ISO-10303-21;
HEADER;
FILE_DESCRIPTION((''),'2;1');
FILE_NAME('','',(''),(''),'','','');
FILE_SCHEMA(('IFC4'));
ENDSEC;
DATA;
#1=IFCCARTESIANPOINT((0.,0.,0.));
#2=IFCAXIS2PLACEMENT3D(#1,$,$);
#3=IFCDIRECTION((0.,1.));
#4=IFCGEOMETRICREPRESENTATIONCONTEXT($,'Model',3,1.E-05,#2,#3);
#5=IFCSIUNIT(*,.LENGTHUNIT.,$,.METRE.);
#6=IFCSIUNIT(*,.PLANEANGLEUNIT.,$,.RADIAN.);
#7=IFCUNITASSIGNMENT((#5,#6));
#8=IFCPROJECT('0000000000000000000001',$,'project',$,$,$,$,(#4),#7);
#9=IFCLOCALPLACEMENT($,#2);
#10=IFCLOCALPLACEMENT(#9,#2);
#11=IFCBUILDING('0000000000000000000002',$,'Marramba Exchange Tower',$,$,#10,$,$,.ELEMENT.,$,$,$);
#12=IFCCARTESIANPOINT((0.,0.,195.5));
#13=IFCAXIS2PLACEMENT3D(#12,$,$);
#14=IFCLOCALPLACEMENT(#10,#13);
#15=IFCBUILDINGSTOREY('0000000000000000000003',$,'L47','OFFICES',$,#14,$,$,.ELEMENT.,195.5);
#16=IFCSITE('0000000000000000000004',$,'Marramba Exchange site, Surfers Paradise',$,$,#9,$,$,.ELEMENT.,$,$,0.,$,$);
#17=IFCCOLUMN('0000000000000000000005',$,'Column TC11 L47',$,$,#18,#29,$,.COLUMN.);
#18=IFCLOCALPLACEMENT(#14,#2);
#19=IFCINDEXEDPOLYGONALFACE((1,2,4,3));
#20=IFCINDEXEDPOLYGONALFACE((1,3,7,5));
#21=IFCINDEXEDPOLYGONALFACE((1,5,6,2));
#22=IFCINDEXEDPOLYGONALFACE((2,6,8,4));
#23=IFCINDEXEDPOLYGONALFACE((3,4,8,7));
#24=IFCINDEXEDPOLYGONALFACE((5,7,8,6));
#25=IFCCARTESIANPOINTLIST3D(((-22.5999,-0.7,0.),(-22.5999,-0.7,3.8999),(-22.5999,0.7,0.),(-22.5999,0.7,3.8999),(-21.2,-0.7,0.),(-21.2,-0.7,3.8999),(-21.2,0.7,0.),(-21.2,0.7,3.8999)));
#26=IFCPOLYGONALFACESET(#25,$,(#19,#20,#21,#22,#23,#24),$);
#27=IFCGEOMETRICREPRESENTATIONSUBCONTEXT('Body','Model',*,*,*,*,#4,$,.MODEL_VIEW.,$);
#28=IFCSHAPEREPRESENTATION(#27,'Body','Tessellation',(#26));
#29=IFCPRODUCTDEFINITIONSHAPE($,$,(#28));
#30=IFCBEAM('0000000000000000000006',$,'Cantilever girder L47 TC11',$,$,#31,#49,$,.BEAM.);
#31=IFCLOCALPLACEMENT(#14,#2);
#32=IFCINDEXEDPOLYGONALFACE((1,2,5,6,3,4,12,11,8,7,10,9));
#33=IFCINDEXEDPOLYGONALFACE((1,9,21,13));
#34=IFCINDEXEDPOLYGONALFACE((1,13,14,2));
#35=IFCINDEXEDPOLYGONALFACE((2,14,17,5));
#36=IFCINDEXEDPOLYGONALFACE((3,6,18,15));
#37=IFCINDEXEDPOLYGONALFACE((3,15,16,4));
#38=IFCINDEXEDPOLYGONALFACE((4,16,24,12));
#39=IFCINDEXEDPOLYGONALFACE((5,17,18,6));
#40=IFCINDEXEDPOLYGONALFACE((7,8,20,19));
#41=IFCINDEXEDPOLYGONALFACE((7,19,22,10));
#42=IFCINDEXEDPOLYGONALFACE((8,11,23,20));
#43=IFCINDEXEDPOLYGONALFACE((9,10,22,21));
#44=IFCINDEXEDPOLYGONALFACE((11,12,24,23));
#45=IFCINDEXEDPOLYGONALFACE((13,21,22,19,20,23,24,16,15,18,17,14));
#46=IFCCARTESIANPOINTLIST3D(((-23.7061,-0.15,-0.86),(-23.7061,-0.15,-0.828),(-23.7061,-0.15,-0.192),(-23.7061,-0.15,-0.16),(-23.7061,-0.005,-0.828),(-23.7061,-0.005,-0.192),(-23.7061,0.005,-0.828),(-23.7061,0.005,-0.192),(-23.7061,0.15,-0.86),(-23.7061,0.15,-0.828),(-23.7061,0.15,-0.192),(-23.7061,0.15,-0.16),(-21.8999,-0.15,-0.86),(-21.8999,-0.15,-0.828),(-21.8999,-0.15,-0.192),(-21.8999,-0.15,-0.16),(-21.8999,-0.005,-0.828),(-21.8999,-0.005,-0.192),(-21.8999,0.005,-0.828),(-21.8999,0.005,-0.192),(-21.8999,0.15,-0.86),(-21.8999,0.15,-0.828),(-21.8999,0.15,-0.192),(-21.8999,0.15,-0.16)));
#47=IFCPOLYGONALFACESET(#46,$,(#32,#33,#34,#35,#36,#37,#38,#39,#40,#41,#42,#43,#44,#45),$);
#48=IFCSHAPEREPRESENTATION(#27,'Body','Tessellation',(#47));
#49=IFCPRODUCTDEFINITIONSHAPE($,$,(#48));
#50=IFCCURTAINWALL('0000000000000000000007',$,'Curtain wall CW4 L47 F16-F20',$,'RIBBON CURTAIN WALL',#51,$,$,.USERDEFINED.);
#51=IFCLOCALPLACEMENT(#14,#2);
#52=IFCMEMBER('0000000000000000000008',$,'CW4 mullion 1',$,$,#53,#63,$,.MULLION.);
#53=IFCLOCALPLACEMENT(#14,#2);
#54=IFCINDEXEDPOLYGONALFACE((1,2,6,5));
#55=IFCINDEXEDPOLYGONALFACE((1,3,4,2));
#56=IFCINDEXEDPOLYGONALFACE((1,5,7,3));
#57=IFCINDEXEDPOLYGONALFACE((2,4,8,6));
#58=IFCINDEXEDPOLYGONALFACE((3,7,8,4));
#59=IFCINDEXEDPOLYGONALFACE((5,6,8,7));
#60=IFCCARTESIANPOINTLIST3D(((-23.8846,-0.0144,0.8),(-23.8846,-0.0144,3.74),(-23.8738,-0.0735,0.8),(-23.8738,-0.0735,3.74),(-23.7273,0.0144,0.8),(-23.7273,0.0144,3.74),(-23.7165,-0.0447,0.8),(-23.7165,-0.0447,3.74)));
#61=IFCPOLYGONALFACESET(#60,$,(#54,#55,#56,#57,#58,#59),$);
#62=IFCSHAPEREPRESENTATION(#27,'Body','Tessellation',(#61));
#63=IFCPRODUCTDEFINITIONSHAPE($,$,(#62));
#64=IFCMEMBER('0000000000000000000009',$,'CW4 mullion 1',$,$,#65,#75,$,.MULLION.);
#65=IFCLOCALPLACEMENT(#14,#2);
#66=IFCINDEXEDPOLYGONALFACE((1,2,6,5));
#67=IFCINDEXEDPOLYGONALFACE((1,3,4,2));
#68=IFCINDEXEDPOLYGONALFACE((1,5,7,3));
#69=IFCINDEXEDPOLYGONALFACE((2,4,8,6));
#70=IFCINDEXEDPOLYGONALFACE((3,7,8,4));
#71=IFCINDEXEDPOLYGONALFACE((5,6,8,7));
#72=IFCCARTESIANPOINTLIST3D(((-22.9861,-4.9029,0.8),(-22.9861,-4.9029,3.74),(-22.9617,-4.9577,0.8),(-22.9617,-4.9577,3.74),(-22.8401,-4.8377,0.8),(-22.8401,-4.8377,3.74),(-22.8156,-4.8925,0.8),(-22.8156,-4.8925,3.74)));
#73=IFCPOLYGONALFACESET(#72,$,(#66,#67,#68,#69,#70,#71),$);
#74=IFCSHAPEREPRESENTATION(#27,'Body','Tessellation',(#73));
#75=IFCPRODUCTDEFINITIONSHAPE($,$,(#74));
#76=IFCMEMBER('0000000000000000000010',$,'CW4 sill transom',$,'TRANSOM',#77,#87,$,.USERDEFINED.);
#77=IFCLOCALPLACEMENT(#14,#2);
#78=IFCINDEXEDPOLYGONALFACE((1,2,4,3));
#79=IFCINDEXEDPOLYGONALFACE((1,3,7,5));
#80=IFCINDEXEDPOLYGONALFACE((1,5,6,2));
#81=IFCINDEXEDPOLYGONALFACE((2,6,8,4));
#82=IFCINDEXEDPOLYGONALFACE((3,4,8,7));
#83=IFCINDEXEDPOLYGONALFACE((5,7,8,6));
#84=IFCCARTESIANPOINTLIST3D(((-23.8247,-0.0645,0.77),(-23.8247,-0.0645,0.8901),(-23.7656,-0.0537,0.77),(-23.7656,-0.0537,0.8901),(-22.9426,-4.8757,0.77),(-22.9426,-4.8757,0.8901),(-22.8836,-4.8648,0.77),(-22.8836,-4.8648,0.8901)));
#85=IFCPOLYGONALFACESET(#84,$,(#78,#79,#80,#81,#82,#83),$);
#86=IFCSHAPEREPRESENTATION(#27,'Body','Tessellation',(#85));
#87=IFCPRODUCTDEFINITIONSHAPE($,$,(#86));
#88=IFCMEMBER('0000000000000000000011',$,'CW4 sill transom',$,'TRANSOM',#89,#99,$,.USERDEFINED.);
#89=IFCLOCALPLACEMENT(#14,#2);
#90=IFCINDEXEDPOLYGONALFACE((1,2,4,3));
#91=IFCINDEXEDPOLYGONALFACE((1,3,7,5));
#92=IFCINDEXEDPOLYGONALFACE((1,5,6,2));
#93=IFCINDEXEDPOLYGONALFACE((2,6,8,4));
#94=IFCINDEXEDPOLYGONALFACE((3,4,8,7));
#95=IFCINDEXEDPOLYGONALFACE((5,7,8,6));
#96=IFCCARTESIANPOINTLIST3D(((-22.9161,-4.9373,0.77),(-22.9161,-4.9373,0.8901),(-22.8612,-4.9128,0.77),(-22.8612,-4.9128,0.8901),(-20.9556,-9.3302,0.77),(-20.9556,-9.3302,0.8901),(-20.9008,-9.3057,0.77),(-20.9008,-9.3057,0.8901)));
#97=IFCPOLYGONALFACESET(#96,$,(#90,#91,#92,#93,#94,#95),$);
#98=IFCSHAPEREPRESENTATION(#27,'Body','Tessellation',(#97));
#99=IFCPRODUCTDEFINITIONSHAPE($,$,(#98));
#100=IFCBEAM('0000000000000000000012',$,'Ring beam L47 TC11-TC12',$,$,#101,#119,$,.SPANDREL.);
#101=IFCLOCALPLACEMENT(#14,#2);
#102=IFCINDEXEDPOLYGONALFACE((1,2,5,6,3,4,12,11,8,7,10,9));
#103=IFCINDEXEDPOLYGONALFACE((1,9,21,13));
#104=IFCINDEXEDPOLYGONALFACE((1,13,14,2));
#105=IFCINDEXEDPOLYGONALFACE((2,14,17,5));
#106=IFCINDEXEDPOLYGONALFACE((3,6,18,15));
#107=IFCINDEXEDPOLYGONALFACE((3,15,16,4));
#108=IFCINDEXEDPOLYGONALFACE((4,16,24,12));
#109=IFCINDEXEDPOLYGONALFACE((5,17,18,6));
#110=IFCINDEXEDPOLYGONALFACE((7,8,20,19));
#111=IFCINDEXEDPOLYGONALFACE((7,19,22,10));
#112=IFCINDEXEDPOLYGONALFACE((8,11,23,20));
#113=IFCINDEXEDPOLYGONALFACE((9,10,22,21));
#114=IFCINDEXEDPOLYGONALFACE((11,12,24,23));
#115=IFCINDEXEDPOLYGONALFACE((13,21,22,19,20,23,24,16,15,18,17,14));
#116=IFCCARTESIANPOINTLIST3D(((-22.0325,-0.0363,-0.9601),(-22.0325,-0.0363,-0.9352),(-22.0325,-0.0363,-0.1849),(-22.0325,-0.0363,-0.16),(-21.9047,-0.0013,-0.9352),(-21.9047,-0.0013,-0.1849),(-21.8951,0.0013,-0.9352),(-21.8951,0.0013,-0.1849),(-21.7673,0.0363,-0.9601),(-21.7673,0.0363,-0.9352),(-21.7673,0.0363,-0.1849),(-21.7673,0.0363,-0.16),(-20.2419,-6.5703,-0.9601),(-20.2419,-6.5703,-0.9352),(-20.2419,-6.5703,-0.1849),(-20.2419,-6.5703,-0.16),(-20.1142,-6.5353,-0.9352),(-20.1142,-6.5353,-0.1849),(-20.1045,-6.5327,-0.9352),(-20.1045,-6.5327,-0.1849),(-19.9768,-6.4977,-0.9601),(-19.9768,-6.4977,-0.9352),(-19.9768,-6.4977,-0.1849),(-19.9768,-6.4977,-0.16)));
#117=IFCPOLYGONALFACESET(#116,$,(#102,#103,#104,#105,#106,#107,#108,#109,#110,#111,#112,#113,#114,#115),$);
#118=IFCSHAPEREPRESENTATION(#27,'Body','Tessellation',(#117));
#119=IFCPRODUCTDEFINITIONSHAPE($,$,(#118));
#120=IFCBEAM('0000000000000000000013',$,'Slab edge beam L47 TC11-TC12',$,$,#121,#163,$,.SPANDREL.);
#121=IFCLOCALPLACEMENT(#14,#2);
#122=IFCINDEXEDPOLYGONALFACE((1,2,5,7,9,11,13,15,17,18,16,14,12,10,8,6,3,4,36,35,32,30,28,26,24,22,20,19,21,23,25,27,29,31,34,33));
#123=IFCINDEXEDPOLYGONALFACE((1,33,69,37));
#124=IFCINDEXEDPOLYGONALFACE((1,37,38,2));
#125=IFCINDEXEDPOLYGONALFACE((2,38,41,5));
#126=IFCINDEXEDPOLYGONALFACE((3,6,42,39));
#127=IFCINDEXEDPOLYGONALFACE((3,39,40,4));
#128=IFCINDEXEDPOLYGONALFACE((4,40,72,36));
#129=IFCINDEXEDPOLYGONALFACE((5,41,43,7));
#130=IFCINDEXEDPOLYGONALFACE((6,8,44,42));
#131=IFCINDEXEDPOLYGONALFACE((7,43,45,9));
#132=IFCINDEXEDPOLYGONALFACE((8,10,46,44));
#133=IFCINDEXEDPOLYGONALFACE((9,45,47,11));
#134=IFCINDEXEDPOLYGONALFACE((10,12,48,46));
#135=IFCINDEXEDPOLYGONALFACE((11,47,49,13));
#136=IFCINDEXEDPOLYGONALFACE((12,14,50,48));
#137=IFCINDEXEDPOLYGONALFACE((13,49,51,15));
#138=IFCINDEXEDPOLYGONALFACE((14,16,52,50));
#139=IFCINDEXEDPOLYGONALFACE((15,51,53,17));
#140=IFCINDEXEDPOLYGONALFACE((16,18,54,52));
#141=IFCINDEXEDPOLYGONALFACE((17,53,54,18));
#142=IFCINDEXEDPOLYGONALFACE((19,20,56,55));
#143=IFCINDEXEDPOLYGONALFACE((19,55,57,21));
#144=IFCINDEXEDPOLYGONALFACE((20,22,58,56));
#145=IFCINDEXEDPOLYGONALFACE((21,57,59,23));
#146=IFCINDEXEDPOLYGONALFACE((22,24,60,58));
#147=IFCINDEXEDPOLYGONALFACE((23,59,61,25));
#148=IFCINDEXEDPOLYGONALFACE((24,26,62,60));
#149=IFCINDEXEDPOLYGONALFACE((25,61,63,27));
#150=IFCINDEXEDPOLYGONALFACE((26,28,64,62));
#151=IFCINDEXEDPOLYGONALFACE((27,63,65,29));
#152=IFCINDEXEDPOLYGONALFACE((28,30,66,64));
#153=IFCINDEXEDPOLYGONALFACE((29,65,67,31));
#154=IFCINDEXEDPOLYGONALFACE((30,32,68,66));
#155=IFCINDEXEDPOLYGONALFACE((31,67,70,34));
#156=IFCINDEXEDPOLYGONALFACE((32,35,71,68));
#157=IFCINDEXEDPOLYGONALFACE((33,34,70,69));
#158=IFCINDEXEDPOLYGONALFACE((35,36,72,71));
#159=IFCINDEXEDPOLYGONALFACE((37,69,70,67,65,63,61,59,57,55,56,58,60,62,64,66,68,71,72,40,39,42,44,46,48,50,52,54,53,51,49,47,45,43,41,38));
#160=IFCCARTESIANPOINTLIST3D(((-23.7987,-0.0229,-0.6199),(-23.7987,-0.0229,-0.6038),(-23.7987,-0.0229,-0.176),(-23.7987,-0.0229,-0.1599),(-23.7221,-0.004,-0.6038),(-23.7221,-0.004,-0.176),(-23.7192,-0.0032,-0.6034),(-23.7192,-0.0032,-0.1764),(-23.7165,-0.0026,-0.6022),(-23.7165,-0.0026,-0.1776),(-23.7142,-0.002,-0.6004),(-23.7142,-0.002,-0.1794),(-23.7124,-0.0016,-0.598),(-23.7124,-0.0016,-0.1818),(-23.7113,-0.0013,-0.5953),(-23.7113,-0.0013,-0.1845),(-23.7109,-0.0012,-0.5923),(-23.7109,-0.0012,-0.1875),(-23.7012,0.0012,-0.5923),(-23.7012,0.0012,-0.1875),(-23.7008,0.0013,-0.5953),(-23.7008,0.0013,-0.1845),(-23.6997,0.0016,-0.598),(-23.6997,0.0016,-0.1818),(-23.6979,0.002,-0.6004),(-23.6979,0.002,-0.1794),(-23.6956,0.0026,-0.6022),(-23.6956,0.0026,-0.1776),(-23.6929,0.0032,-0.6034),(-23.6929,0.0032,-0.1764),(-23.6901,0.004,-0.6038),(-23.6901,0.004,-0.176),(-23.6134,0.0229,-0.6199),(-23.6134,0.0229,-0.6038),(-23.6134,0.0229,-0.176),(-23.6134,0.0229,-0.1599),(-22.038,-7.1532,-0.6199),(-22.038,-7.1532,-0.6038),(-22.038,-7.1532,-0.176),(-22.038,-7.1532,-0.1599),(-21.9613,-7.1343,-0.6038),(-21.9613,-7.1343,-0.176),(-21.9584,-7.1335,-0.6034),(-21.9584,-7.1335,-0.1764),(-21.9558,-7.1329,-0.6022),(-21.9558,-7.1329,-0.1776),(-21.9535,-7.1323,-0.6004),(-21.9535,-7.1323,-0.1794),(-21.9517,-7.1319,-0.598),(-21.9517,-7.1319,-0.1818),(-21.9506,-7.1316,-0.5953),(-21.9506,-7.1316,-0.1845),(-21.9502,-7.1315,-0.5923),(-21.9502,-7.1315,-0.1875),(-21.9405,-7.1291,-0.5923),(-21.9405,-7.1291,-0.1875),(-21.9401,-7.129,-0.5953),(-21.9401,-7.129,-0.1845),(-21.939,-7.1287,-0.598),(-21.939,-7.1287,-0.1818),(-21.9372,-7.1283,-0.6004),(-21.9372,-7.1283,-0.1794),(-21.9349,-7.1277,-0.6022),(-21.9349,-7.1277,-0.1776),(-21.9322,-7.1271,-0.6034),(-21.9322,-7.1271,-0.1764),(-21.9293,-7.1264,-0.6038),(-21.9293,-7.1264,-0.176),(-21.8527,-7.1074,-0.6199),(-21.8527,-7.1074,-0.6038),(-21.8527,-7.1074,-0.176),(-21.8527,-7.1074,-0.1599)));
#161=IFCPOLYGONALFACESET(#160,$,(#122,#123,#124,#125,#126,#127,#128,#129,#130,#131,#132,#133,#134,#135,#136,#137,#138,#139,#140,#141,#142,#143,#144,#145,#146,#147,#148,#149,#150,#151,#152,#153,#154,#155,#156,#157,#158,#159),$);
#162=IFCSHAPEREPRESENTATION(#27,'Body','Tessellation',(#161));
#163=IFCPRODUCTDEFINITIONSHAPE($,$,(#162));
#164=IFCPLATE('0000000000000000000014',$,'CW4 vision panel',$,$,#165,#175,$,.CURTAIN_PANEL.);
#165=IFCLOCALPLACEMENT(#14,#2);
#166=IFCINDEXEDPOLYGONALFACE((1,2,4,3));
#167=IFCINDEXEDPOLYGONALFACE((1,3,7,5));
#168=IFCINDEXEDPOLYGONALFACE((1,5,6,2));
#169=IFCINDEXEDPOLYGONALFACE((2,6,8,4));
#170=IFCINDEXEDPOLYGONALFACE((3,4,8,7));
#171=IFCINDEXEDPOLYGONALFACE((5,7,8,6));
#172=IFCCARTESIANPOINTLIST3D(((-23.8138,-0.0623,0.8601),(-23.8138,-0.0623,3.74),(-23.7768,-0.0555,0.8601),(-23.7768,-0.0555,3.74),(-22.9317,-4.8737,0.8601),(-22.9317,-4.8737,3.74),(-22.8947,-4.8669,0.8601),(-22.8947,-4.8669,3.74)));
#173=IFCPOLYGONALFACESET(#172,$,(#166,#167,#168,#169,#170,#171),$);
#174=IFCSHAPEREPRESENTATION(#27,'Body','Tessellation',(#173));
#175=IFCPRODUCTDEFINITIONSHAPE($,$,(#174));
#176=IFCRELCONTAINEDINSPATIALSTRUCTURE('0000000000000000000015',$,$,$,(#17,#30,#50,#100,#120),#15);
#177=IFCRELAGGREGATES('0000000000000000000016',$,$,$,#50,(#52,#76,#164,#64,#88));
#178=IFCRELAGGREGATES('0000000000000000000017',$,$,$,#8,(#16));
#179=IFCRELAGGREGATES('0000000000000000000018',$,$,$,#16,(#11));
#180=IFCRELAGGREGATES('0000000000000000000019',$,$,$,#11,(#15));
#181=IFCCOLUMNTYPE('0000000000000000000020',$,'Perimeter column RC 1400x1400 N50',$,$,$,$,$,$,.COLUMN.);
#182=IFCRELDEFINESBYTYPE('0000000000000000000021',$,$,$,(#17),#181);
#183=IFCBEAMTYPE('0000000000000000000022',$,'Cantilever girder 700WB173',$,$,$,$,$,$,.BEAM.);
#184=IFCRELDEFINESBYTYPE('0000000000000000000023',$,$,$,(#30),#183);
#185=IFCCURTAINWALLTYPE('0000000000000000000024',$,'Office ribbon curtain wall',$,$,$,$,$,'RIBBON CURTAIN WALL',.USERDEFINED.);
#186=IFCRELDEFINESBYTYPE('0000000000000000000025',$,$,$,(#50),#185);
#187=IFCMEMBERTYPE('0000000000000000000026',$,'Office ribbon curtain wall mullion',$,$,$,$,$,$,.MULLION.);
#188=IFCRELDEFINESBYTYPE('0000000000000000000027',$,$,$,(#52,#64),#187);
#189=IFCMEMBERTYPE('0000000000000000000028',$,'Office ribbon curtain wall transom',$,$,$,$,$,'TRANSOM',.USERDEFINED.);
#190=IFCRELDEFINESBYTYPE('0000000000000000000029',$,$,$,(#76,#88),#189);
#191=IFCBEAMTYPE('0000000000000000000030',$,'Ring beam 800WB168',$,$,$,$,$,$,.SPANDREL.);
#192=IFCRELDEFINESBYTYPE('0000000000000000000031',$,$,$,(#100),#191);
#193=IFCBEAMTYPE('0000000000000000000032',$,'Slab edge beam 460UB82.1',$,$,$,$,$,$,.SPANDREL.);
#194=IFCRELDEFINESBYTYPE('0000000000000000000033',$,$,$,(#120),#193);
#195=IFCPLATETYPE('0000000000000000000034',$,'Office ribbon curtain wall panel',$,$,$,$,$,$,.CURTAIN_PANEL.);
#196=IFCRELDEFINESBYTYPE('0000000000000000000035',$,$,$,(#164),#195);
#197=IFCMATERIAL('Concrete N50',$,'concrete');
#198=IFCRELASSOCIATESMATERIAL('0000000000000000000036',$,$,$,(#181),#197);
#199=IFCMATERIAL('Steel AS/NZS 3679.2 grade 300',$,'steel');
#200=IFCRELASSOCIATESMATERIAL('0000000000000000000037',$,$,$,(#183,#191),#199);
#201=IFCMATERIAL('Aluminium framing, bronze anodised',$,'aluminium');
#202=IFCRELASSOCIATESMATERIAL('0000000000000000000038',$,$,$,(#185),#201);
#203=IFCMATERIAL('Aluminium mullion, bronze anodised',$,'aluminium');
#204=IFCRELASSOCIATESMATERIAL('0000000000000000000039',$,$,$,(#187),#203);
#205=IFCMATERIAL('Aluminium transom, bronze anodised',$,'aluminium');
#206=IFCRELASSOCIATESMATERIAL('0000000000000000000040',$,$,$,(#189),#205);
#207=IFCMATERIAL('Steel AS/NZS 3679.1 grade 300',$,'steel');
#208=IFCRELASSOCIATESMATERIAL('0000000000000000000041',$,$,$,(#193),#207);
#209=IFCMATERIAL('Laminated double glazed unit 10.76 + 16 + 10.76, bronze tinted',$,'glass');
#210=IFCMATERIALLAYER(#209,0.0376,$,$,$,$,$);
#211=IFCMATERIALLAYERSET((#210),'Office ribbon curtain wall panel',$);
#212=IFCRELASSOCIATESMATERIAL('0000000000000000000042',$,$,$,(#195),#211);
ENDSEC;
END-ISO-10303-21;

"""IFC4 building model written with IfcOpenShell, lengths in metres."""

from ifc_helpers import new_model, si_unit, direction, frame, origin, origin_2d, place, context, subcontext, project, spatial, rectangle, i_section, extrude, material, layer, layer_set, material_profile, profile_set, type_object, element, aggregate, save


model = new_model("IFC4")

# Units and contexts
model_context = context("Model", 3, precision=1e-05, world=origin(), true_north=direction((0.0, 1.0)))
body_context = subcontext(model_context, "Body", "Model", "MODEL_VIEW")
ifc_project = project(units=[si_unit("LENGTHUNIT", "METRE"), si_unit("PLANEANGLEUNIT", "RADIAN")], contexts=[model_context])

# Site, building, storey
site_placement = place(None, origin())
site = spatial("IfcSite", under=ifc_project, at=site_placement, Name="Marramba Exchange site, Surfers Paradise", CompositionType="ELEMENT", RefElevation=0.0)
building_placement = place(site_placement, origin())
building = spatial("IfcBuilding", under=site, at=building_placement, Name="Marramba Exchange Tower", CompositionType="ELEMENT")
storey_placement = place(building_placement, frame((0.0, 0.0, 195.5)))
storey = spatial("IfcBuildingStorey", under=building, at=storey_placement, Name="L47", Description="OFFICES", CompositionType="ELEMENT", Elevation=195.5)

# Column
ifc_material_1 = material(Name="Concrete N50", Category="concrete")
ifc_material_profile_1 = material_profile(ifc_material_1, rectangle(XDim=1.3999, YDim=1.3999, at=origin_2d()), Name="RC 1400x1400")
ifc_profile_set_1 = profile_set([ifc_material_profile_1], Name="Concrete N50")
column_type = type_object("IfcColumnType", Name="Perimeter column RC 1400x1400 N50", PredefinedType="COLUMN", material=ifc_profile_set_1)
column_placement = place(storey_placement, frame((-21.8999, 0.0, 0.0), z_axis=(0.0, 0.0, 1.0), x_axis=(-1.0, 0.0, 0.0)))
element("IfcColumn", 1, at=column_placement, inside=storey, type_object=column_type, Name="Column TC11 L47", PredefinedType="COLUMN", context=body_context, shape_type="SweptSolid", body=[
    extrude(rectangle(XDim=1.3999, YDim=1.3999, at=origin_2d()), origin(), (0.0, 0.0, 1.0), 3.8999),
])

# Beam
ifc_material_2 = material(Name="Steel AS/NZS 3679.2 grade 300", Category="steel")
ifc_material_profile_2 = material_profile(ifc_material_2, i_section(OverallWidth=0.3, OverallDepth=0.7, WebThickness=0.01, FlangeThickness=0.032, at=origin_2d()), Name="700WB173")
ifc_profile_set_2 = profile_set([ifc_material_profile_2], Name="Steel AS/NZS 3679.2 grade 300")
beam_type_1 = type_object("IfcBeamType", Name="Cantilever girder 700WB173", PredefinedType="BEAM", material=ifc_profile_set_2)
beam_1_placement = place(storey_placement, frame((-21.8999, 0.0, -0.51), z_axis=(-1.0, 0.0, 0.0), x_axis=(0.0, -1.0, 0.0)))
element("IfcBeam", 2, at=beam_1_placement, inside=storey, type_object=beam_type_1, Name="Cantilever girder L47 TC11", PredefinedType="BEAM", context=body_context, shape_type="SweptSolid", body=[
    extrude(i_section(OverallWidth=0.3, OverallDepth=0.7, WebThickness=0.01, FlangeThickness=0.032, at=origin_2d()), origin(), (0.0, 0.0, 1.0), 1.8062),
])

# Curtain wall, members
ifc_material_3 = material(Name="Aluminium framing, bronze anodised", Category="aluminium")
curtain_wall_type = type_object("IfcCurtainWallType", Name="Office ribbon curtain wall", ElementType="RIBBON CURTAIN WALL", PredefinedType="USERDEFINED", material=ifc_material_3)
curtain_wall_placement = place(storey_placement, origin())
curtain_wall = element("IfcCurtainWall", 3, at=curtain_wall_placement, inside=storey, type_object=curtain_wall_type, Name="Curtain wall CW4 L47 F16-F20", ObjectType="RIBBON CURTAIN WALL", PredefinedType="USERDEFINED")
ifc_material_4 = material(Name="Aluminium mullion, bronze anodised", Category="aluminium")
ifc_material_profile_3 = material_profile(ifc_material_4, rectangle(XDim=0.1599, YDim=0.0601, at=origin_2d()), Name="CW4 mullion 60x160")
ifc_profile_set_3 = profile_set([ifc_material_profile_3], Name="Aluminium mullion, bronze anodised")
member_type_1 = type_object("IfcMemberType", Name="Office ribbon curtain wall mullion", PredefinedType="MULLION", material=ifc_profile_set_3)
member_1_placement = place(storey_placement, frame((-23.8005, -0.0295, 0.8), z_axis=(0.0, 0.0, 1.0), x_axis=(0.983607, 0.180327, 0.0)))
member_1 = element("IfcMember", 4, at=member_1_placement, type_object=member_type_1, Name="CW4 mullion 1", PredefinedType="MULLION", context=body_context, shape_type="SweptSolid", body=[
    extrude(rectangle(XDim=0.1599, YDim=0.0601, at=origin_2d()), origin(), (0.0, 0.0, 1.0), 2.9399),
])
member_2_placement = place(storey_placement, frame((-22.9009, -4.8977, 0.8), z_axis=(0.0, 0.0, 1.0), x_axis=(0.91318, 0.407558, 0.0)))
member_2 = element("IfcMember", 5, at=member_2_placement, type_object=member_type_1, Name="CW4 mullion 1", PredefinedType="MULLION", context=body_context, shape_type="SweptSolid", body=[
    extrude(rectangle(XDim=0.1599, YDim=0.0601, at=origin_2d()), origin(), (0.0, 0.0, 1.0), 2.9399),
])
ifc_material_5 = material(Name="Aluminium transom, bronze anodised", Category="aluminium")
ifc_material_profile_4 = material_profile(ifc_material_5, rectangle(XDim=0.0601, YDim=0.1201, at=origin_2d()), Name="CW4 transom 60x120")
ifc_profile_set_4 = profile_set([ifc_material_profile_4], Name="Aluminium transom, bronze anodised")
member_type_2 = type_object("IfcMemberType", Name="Office ribbon curtain wall transom", ElementType="TRANSOM", PredefinedType="USERDEFINED", material=ifc_profile_set_4)
member_3_placement = place(storey_placement, frame((-23.7952, -0.0591, 0.8301), z_axis=(0.18033, -0.983606, 0.0), x_axis=(0.983606, 0.18033, 0.0)))
member_3 = element("IfcMember", 6, at=member_3_placement, type_object=member_type_2, Name="CW4 sill transom", ObjectType="TRANSOM", PredefinedType="USERDEFINED", context=body_context, shape_type="SweptSolid", body=[
    extrude(rectangle(XDim=0.0601, YDim=0.1201, at=origin_2d()), origin(), (0.0, 0.0, 1.0), 4.8914),
])
member_4_placement = place(storey_placement, frame((-22.8887, -4.925, 0.8301), z_axis=(0.407541, -0.913187, 0.0), x_axis=(0.913187, 0.407541, 0.0)))
member_4 = element("IfcMember", 7, at=member_4_placement, type_object=member_type_2, Name="CW4 sill transom", ObjectType="TRANSOM", PredefinedType="USERDEFINED", context=body_context, shape_type="SweptSolid", body=[
    extrude(rectangle(XDim=0.0601, YDim=0.1201, at=origin_2d()), origin(), (0.0, 0.0, 1.0), 4.8105),
])

# Beams
ifc_material_profile_5 = material_profile(ifc_material_2, i_section(OverallWidth=0.2749, OverallDepth=0.8, WebThickness=0.01, FlangeThickness=0.0249, at=origin_2d()), Name="800WB168")
ifc_profile_set_5 = profile_set([ifc_material_profile_5], Name="Steel AS/NZS 3679.2 grade 300")
beam_type_2 = type_object("IfcBeamType", Name="Ring beam 800WB168", PredefinedType="SPANDREL", material=ifc_profile_set_5)
beam_2_placement = place(storey_placement, frame((-21.8999, 0.0, -0.5601), z_axis=(0.264291, -0.964443, 0.0), x_axis=(0.964443, 0.264291, 0.0)))
element("IfcBeam", 8, at=beam_2_placement, inside=storey, type_object=beam_type_2, Name="Ring beam L47 TC11-TC12", PredefinedType="SPANDREL", context=body_context, shape_type="SweptSolid", body=[
    extrude(i_section(OverallWidth=0.2749, OverallDepth=0.8, WebThickness=0.01, FlangeThickness=0.0249, at=origin_2d()), origin(), (0.0, 0.0, 1.0), 6.7749),
])
ifc_material_6 = material(Name="Steel AS/NZS 3679.1 grade 300", Category="steel")
ifc_material_profile_6 = material_profile(ifc_material_6, i_section(OverallWidth=0.1909, OverallDepth=0.46, WebThickness=0.01, FlangeThickness=0.0161, FilletRadius=0.0115, at=origin_2d()), Name="460UB82.1")
ifc_profile_set_6 = profile_set([ifc_material_profile_6], Name="Steel AS/NZS 3679.1 grade 300")
beam_type_3 = type_object("IfcBeamType", Name="Slab edge beam 460UB82.1", PredefinedType="SPANDREL", material=ifc_profile_set_6)
beam_3_placement = place(storey_placement, frame((-23.7061, 0.0, -0.3899), z_axis=(0.239735, -0.970838, 0.0), x_axis=(0.970838, 0.239735, 0.0)))
element("IfcBeam", 9, at=beam_3_placement, inside=storey, type_object=beam_type_3, Name="Slab edge beam L47 TC11-TC12", PredefinedType="SPANDREL", context=body_context, shape_type="SweptSolid", body=[
    extrude(i_section(OverallWidth=0.1909, OverallDepth=0.46, WebThickness=0.01, FlangeThickness=0.0161, FilletRadius=0.0115, at=origin_2d()), origin(), (0.0, 0.0, 1.0), 7.3445),
])

# Plate
ifc_material_7 = material(Name="Laminated double glazed unit 10.76 + 16 + 10.76, bronze tinted", Category="glass")
ifc_layer_1 = layer(ifc_material_7, 0.0376)
ifc_layer_set_1 = layer_set([ifc_layer_1], Name="Office ribbon curtain wall panel")
plate_type = type_object("IfcPlateType", Name="Office ribbon curtain wall panel", PredefinedType="CURTAIN_PANEL", material=ifc_layer_set_1)
plate_placement = place(storey_placement, frame((-23.3542, -2.4646, 0.8601), z_axis=(0.0, 0.0, 1.0), x_axis=(0.180327, -0.983607, 0.0)))
plate = element("IfcPlate", 10, at=plate_placement, type_object=plate_type, Name="CW4 vision panel", PredefinedType="CURTAIN_PANEL", context=body_context, shape_type="SweptSolid", body=[
    extrude(rectangle(XDim=4.8916, YDim=0.0376, at=origin_2d()), origin(), (0.0, 0.0, 1.0), 2.8799),
])
aggregate(curtain_wall, [member_1, member_3, plate, member_2, member_4])

save(model, "model.ifc")
